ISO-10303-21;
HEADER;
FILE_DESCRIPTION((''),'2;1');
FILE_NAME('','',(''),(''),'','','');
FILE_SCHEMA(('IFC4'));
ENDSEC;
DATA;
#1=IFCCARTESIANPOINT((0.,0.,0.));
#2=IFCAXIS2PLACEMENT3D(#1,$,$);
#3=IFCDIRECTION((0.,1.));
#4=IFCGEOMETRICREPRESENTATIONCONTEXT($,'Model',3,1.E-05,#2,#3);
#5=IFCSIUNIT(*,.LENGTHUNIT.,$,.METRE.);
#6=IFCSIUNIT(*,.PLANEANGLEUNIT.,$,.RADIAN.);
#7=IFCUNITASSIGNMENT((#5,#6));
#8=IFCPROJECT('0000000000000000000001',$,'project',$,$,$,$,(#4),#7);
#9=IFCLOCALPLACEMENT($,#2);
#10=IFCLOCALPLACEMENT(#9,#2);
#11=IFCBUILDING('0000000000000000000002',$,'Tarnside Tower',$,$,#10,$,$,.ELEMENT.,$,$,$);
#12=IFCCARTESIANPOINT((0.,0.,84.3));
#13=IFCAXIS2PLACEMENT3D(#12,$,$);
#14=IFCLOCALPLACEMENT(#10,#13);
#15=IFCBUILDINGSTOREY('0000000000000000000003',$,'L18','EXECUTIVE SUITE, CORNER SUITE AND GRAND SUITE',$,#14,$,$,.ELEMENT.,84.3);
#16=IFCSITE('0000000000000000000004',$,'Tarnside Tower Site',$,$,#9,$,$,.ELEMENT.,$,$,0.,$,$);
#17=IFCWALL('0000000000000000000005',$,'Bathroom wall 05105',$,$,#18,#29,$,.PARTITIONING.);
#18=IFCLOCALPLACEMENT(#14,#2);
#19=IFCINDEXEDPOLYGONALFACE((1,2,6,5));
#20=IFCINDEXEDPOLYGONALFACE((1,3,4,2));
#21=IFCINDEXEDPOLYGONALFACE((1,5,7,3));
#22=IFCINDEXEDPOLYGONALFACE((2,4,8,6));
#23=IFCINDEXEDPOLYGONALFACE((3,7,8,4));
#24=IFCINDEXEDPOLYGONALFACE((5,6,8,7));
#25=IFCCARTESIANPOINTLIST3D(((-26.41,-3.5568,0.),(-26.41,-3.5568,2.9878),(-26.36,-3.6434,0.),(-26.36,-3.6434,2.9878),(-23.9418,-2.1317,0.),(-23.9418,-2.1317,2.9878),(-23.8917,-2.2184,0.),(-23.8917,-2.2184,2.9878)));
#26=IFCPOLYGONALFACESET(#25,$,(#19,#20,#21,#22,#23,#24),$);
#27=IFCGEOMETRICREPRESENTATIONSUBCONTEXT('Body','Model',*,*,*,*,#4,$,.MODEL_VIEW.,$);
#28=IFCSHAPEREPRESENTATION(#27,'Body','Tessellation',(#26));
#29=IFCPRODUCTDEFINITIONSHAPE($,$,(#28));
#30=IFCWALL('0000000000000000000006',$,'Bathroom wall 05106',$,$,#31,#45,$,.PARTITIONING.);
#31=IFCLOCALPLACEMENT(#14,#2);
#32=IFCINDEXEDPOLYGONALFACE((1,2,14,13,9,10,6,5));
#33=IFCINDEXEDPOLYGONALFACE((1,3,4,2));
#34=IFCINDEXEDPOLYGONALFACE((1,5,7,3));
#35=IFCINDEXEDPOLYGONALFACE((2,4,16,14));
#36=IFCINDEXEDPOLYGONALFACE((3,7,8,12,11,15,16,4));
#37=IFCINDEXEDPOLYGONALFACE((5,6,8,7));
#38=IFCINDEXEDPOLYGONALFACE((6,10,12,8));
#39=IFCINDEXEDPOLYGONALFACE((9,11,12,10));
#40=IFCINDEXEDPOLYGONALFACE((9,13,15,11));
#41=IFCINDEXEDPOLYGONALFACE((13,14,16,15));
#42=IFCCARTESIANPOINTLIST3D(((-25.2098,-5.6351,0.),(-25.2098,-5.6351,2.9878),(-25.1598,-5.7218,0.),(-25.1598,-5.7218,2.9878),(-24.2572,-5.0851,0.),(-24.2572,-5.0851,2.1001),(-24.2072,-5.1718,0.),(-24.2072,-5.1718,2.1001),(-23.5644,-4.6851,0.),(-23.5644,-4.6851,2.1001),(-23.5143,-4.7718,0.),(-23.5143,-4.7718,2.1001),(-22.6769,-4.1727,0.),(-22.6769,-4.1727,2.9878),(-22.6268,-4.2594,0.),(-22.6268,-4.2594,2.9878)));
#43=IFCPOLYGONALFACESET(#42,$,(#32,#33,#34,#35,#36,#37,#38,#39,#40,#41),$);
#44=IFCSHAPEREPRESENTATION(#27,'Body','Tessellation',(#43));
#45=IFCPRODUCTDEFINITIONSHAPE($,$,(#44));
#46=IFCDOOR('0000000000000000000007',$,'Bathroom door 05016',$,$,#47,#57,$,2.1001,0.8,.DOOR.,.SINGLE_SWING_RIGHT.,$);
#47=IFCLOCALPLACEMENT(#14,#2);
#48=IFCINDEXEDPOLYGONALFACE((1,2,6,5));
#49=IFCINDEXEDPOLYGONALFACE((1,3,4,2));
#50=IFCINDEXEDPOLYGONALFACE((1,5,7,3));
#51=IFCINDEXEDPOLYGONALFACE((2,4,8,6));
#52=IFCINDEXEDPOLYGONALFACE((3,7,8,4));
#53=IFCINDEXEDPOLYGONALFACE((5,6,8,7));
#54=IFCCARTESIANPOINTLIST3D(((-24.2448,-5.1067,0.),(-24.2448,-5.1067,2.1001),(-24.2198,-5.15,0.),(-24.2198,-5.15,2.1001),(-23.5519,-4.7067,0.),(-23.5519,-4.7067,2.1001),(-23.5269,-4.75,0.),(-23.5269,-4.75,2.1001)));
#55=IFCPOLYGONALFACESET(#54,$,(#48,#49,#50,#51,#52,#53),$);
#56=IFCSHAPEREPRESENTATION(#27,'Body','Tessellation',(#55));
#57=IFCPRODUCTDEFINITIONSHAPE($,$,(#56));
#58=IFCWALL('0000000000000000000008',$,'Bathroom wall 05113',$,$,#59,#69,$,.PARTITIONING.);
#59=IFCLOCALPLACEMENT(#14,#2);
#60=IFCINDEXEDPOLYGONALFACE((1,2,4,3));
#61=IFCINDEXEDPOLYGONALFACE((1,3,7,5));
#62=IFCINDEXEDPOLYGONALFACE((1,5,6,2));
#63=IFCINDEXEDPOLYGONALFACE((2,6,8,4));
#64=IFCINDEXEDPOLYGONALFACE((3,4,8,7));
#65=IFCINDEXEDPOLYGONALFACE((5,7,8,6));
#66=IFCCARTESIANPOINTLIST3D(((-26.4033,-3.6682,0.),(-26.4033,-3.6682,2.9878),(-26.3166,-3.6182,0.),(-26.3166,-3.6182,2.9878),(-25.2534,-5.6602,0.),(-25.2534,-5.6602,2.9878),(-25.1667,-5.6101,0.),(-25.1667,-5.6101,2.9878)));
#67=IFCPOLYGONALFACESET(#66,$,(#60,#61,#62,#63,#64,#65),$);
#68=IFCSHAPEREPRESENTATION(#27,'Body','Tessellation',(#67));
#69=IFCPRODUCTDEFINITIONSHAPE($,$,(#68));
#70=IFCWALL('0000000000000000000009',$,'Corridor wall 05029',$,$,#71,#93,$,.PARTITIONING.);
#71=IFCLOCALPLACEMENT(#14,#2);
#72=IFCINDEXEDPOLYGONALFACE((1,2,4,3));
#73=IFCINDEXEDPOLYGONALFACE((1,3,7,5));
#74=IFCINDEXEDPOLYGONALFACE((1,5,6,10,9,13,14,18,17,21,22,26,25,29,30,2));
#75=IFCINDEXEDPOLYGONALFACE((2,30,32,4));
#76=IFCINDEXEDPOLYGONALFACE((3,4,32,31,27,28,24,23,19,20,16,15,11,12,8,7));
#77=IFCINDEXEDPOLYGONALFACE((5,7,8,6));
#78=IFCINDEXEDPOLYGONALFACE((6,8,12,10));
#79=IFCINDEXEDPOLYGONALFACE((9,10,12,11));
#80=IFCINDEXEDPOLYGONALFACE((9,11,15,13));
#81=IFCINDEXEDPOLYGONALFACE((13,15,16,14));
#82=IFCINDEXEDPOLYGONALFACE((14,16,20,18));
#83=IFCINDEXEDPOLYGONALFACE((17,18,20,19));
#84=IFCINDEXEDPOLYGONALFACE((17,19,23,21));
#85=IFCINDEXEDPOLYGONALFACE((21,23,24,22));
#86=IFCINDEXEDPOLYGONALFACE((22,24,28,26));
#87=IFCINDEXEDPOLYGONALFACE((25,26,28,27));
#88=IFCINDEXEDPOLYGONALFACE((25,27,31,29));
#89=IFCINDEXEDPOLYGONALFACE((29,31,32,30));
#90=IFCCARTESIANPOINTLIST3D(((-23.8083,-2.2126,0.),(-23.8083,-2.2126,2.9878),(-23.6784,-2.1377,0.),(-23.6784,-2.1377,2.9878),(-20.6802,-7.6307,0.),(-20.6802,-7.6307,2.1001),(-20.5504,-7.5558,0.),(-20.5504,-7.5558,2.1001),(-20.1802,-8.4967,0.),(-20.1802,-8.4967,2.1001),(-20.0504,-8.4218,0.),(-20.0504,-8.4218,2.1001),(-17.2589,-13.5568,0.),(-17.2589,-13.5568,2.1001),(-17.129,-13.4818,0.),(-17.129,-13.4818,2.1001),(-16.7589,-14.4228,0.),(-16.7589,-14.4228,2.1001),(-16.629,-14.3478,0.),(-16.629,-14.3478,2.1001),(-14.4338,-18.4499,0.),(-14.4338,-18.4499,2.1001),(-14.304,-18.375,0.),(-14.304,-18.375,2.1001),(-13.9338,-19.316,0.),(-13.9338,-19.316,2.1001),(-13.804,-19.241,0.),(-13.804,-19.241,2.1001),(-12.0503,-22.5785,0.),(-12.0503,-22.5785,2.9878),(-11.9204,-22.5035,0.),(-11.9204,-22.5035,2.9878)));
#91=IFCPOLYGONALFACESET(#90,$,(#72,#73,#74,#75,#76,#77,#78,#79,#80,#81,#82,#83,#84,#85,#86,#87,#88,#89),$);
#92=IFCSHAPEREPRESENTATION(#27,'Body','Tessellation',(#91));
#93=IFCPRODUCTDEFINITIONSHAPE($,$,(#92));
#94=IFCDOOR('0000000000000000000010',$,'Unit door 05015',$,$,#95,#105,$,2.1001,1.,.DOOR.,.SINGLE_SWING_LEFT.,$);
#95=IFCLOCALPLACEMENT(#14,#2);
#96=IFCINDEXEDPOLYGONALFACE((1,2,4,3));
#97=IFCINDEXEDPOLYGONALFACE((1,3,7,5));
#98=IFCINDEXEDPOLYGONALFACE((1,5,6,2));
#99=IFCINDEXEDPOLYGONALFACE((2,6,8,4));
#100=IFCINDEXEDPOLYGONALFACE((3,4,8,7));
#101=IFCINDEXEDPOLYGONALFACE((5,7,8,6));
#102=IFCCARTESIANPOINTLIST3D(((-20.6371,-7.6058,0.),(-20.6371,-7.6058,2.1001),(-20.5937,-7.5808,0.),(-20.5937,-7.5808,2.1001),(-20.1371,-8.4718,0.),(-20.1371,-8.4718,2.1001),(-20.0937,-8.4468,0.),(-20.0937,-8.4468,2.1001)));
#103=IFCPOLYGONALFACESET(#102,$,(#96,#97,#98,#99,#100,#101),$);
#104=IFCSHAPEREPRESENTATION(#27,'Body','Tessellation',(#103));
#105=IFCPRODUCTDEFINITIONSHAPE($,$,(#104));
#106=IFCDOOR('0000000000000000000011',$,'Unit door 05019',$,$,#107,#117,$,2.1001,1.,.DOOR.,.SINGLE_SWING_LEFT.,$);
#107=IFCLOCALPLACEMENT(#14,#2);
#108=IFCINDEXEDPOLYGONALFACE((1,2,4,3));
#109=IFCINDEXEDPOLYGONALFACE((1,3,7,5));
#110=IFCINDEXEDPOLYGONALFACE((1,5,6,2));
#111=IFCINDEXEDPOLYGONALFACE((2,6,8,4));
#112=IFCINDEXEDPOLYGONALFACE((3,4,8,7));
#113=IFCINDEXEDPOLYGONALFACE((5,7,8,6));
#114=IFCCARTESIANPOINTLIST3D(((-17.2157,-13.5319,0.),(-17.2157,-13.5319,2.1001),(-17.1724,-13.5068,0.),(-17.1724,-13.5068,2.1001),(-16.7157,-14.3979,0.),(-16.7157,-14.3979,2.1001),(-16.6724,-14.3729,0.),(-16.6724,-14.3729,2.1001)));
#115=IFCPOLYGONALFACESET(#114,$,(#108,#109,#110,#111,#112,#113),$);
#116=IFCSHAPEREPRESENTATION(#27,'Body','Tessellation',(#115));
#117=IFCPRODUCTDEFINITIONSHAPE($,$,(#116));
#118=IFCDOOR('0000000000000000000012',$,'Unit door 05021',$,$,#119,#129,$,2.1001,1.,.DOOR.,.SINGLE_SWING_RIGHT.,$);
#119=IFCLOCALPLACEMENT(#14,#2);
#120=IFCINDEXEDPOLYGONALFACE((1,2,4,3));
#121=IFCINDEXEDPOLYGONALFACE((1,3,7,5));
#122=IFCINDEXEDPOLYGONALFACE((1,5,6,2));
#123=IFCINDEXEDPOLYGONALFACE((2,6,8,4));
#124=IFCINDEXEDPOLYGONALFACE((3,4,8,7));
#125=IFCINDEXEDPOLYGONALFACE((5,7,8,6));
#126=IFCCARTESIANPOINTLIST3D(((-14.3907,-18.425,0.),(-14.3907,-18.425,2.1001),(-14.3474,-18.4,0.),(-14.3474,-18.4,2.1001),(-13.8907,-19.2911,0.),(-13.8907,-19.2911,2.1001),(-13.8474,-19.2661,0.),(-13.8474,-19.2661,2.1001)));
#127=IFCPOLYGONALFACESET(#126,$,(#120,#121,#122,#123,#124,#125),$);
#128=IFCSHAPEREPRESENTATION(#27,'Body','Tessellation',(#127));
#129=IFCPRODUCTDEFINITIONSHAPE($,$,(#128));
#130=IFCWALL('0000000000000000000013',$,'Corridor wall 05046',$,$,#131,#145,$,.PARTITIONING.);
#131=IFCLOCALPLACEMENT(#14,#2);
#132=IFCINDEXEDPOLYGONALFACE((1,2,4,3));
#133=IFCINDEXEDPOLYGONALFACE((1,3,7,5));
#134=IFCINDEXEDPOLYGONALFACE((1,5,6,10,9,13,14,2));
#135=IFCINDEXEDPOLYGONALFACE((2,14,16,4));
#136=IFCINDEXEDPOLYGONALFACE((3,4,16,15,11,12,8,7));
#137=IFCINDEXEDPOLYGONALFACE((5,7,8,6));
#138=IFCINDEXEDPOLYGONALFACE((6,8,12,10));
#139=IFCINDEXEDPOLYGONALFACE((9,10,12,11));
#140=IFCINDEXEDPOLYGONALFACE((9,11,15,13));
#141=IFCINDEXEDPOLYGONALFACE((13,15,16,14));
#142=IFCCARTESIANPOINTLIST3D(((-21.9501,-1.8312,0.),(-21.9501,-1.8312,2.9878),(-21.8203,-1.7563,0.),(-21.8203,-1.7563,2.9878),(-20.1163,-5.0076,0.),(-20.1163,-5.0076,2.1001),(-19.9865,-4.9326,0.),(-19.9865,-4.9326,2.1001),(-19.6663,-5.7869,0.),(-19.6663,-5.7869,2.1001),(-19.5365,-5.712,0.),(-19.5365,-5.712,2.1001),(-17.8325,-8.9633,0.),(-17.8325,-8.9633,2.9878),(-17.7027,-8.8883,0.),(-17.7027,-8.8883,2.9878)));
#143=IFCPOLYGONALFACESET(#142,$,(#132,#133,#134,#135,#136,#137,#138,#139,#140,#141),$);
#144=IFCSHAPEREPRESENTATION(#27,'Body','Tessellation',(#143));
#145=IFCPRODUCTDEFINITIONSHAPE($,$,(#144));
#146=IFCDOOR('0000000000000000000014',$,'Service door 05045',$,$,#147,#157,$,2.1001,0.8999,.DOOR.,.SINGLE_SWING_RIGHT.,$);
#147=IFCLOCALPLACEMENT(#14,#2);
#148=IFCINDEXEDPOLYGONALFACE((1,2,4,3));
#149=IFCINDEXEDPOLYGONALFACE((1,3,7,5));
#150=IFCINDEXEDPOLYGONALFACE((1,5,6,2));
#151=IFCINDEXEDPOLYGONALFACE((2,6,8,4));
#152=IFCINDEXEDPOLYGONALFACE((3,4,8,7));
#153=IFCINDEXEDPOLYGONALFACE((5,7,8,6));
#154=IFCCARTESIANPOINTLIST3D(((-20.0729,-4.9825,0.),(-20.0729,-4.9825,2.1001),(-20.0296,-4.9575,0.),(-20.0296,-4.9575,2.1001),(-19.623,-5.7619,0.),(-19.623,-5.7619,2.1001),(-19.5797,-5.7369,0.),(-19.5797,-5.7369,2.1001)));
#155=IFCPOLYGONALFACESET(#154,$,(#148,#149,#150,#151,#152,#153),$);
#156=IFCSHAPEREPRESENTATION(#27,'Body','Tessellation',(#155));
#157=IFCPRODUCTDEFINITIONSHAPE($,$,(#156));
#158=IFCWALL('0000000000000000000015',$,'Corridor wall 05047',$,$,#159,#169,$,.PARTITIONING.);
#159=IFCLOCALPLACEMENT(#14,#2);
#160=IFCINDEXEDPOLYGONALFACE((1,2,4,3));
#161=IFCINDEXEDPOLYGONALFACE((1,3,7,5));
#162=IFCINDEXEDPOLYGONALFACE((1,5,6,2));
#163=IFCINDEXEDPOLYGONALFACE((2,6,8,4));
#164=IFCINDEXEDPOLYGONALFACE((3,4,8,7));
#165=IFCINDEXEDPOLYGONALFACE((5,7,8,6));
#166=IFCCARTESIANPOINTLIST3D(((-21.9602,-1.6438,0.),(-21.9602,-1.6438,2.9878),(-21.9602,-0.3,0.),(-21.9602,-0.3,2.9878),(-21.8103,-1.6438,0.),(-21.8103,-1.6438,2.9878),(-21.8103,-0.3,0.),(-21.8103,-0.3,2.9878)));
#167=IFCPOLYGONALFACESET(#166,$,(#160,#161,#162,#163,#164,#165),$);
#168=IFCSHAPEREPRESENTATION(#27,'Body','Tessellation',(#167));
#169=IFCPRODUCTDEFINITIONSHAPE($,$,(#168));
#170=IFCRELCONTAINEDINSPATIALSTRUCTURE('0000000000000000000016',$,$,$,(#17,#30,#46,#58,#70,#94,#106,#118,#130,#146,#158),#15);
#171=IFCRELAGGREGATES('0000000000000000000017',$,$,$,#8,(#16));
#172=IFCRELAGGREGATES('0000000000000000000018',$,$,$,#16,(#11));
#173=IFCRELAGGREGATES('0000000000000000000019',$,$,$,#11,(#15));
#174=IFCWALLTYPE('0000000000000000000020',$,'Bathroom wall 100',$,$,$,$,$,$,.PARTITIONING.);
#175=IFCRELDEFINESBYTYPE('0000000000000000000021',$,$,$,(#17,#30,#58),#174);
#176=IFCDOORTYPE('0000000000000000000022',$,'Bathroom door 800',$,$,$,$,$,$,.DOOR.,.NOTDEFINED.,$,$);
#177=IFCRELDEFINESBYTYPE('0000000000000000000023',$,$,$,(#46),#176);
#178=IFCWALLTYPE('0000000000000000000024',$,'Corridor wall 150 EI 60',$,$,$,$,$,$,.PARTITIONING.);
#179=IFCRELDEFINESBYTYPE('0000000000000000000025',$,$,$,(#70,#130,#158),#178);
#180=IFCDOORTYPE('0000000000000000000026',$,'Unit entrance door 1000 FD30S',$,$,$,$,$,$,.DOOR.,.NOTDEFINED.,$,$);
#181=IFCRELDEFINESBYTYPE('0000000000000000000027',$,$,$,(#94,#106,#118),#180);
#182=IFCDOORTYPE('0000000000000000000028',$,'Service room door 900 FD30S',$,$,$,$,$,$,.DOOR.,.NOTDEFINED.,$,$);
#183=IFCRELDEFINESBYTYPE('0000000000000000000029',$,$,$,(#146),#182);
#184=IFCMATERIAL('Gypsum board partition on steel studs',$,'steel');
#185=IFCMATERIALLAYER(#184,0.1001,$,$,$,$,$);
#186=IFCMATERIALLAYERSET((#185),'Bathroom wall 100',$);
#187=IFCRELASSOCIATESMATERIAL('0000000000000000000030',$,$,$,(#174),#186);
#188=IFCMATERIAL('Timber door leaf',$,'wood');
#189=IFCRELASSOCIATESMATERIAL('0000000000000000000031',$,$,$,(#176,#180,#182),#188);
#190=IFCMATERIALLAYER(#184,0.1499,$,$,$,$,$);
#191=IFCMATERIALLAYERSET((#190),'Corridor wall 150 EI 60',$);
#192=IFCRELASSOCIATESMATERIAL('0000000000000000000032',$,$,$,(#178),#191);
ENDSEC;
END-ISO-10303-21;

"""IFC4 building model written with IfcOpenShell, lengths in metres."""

from ifc_helpers import new_model, si_unit, direction, frame, frame_2d, origin, place, context, subcontext, project, spatial, rectangle, extrude, material, layer, layer_set, type_object, element, fill, save


model = new_model("IFC4")

# Units and contexts
model_context = context("Model", 3, precision=1e-05, world=origin(), true_north=direction((0.0, 1.0)))
body_context = subcontext(model_context, "Body", "Model", "MODEL_VIEW")
ifc_project = project(units=[si_unit("LENGTHUNIT", "METRE"), si_unit("PLANEANGLEUNIT", "RADIAN")], contexts=[model_context])

# Site, building, storey
site_placement = place(None, origin())
site = spatial("IfcSite", under=ifc_project, at=site_placement, Name="Tarnside Tower Site", CompositionType="ELEMENT", RefElevation=0.0)
building_placement = place(site_placement, origin())
building = spatial("IfcBuilding", under=site, at=building_placement, Name="Tarnside Tower", CompositionType="ELEMENT")
storey_placement = place(building_placement, frame((0.0, 0.0, 84.3)))
storey = spatial("IfcBuildingStorey", under=building, at=storey_placement, Name="L18", Description="EXECUTIVE SUITE, CORNER SUITE AND GRAND SUITE", CompositionType="ELEMENT", Elevation=84.3)

# Wall
ifc_material_1 = material(Name="Gypsum board partition on steel studs", Category="steel")
ifc_layer_1 = layer(ifc_material_1, 0.1001)
ifc_layer_set_1 = layer_set([ifc_layer_1], Name="Bathroom wall 100")
wall_type_1 = type_object("IfcWallType", Name="Bathroom wall 100", PredefinedType="PARTITIONING", material=ifc_layer_set_1)
wall_1_placement = place(storey_placement, frame((-26.385, -3.6001, 0.0), z_axis=(0.0, 0.0, 1.0), x_axis=(0.866026, 0.499999, 0.0)))
element("IfcWall", 1, at=wall_1_placement, inside=storey, type_object=wall_type_1, Name="Bathroom wall 05105", PredefinedType="PARTITIONING", context=body_context, shape_type="SweptSolid", body=[
    extrude(rectangle(XDim=2.8501, YDim=0.1001, at=frame_2d((1.425, 0.0))), origin(), (0.0, 0.0, 1.0), 2.9878),
])

# Wall, opening, door
wall_2_placement = place(storey_placement, frame((-22.6519, -4.2161, 0.0), z_axis=(0.0, 0.0, 1.0), x_axis=(-0.866026, -0.499999, 0.0)))
wall_2 = element("IfcWall", 2, at=wall_2_placement, inside=storey, type_object=wall_type_1, Name="Bathroom wall 05106", PredefinedType="PARTITIONING", context=body_context, shape_type="SweptSolid", body=[
    extrude(rectangle(XDim=2.9248, YDim=0.1001, at=frame_2d((1.4624, 0.0))), origin(), (0.0, 0.0, 1.0), 2.9878),
])
opening_1_placement = place(wall_2_placement, frame((1.0249, 0.0, 0.0)))
opening_1 = element("IfcOpeningElement", 3, at=opening_1_placement, cuts=wall_2, PredefinedType="OPENING", context=body_context, shape_type="SweptSolid", body=[
    extrude(rectangle(XDim=0.8, YDim=2.1001, at=frame_2d((0.3999, 1.05))), frame((0.0, 0.0601, 0.0), z_axis=(0.0, -1.0, 0.0), x_axis=(1.0, 0.0, 0.0)), (0.0, 0.0, 1.0), 0.1201),
])
ifc_material_2 = material(Name="Timber door leaf", Category="wood")
door_type_1 = type_object("IfcDoorType", Name="Bathroom door 800", OperationType="NOTDEFINED", PredefinedType="DOOR", material=ifc_material_2)
door_1_placement = place(opening_1_placement, origin())
door_1 = element("IfcDoor", 4, at=door_1_placement, inside=storey, type_object=door_type_1, Name="Bathroom door 05016", OperationType="SINGLE_SWING_RIGHT", OverallHeight=2.1001, OverallWidth=0.8, PredefinedType="DOOR", context=body_context, shape_type="SweptSolid", body=[
    extrude(rectangle(XDim=0.8, YDim=2.1001, at=frame_2d((0.3999, 1.05))), frame((0.0, 0.0249, 0.0), z_axis=(0.0, -1.0, 0.0), x_axis=(1.0, 0.0, 0.0)), (0.0, 0.0, 1.0), 0.05),
])
fill(opening_1, door_1)

# Wall
wall_3_placement = place(storey_placement, frame((-26.3599, -3.6433, 0.0), z_axis=(0.0, 0.0, 1.0), x_axis=(0.499952, -0.866053, 0.0)))
element("IfcWall", 5, at=wall_3_placement, inside=storey, type_object=wall_type_1, Name="Bathroom wall 05113", PredefinedType="PARTITIONING", context=body_context, shape_type="SweptSolid", body=[
    extrude(rectangle(XDim=2.3, YDim=0.1001, at=frame_2d((1.1499, 0.0))), origin(), (0.0, 0.0, 1.0), 2.9878),
])

# Wall, openings, doors
ifc_layer_2 = layer(ifc_material_1, 0.1499)
ifc_layer_set_2 = layer_set([ifc_layer_2], Name="Corridor wall 150 EI 60")
wall_type_2 = type_object("IfcWallType", Name="Corridor wall 150 EI 60", PredefinedType="PARTITIONING", material=ifc_layer_set_2)
wall_4_placement = place(storey_placement, frame((-23.7434, -2.175, 0.0), z_axis=(0.0, 0.0, 1.0), x_axis=(0.499992, -0.86603, 0.0)))
wall_4 = element("IfcWall", 6, at=wall_4_placement, inside=storey, type_object=wall_type_2, Name="Corridor wall 05029", PredefinedType="PARTITIONING", context=body_context, shape_type="SweptSolid", body=[
    extrude(rectangle(XDim=23.5164, YDim=0.1499, at=frame_2d((11.7583, 0.0))), origin(), (0.0, 0.0, 1.0), 2.9878),
])
opening_2_placement = place(wall_4_placement, frame((6.2563, 0.0, 0.0)))
opening_2 = element("IfcOpeningElement", 7, at=opening_2_placement, cuts=wall_4, PredefinedType="OPENING", context=body_context, shape_type="SweptSolid", body=[
    extrude(rectangle(XDim=1.0, YDim=2.1001, at=frame_2d((0.5, 1.05))), frame((0.0, 0.085, 0.0), z_axis=(0.0, -1.0, 0.0), x_axis=(1.0, 0.0, 0.0)), (0.0, 0.0, 1.0), 0.1699),
])
opening_3_placement = place(wall_4_placement, frame((13.0991, 0.0, 0.0)))
opening_3 = element("IfcOpeningElement", 8, at=opening_3_placement, cuts=wall_4, PredefinedType="OPENING", context=body_context, shape_type="SweptSolid", body=[
    extrude(rectangle(XDim=1.0, YDim=2.1001, at=frame_2d((0.5, 1.05))), frame((0.0, 0.085, 0.0), z_axis=(0.0, -1.0, 0.0), x_axis=(1.0, 0.0, 0.0)), (0.0, 0.0, 1.0), 0.1699),
])
opening_4_placement = place(wall_4_placement, frame((18.7493, 0.0, 0.0)))
opening_4 = element("IfcOpeningElement", 9, at=opening_4_placement, cuts=wall_4, PredefinedType="OPENING", context=body_context, shape_type="SweptSolid", body=[
    extrude(rectangle(XDim=1.0, YDim=2.1001, at=frame_2d((0.5, 1.05))), frame((0.0, 0.085, 0.0), z_axis=(0.0, -1.0, 0.0), x_axis=(1.0, 0.0, 0.0)), (0.0, 0.0, 1.0), 0.1699),
])
door_type_2 = type_object("IfcDoorType", Name="Unit entrance door 1000 FD30S", OperationType="NOTDEFINED", PredefinedType="DOOR", material=ifc_material_2)
door_2_placement = place(opening_2_placement, origin())
door_2 = element("IfcDoor", 10, at=door_2_placement, inside=storey, type_object=door_type_2, Name="Unit door 05015", OperationType="SINGLE_SWING_LEFT", OverallHeight=2.1001, OverallWidth=1.0, PredefinedType="DOOR", context=body_context, shape_type="SweptSolid", body=[
    extrude(rectangle(XDim=1.0, YDim=2.1001, at=frame_2d((0.5, 1.05))), frame((0.0, 0.0249, 0.0), z_axis=(0.0, -1.0, 0.0), x_axis=(1.0, 0.0, 0.0)), (0.0, 0.0, 1.0), 0.05),
])
fill(opening_2, door_2)
door_3_placement = place(opening_3_placement, origin())
door_3 = element("IfcDoor", 11, at=door_3_placement, inside=storey, type_object=door_type_2, Name="Unit door 05019", OperationType="SINGLE_SWING_LEFT", OverallHeight=2.1001, OverallWidth=1.0, PredefinedType="DOOR", context=body_context, shape_type="SweptSolid", body=[
    extrude(rectangle(XDim=1.0, YDim=2.1001, at=frame_2d((0.5, 1.05))), frame((0.0, 0.0249, 0.0), z_axis=(0.0, -1.0, 0.0), x_axis=(1.0, 0.0, 0.0)), (0.0, 0.0, 1.0), 0.05),
])
fill(opening_3, door_3)
door_4_placement = place(opening_4_placement, origin())
door_4 = element("IfcDoor", 12, at=door_4_placement, inside=storey, type_object=door_type_2, Name="Unit door 05021", OperationType="SINGLE_SWING_RIGHT", OverallHeight=2.1001, OverallWidth=1.0, PredefinedType="DOOR", context=body_context, shape_type="SweptSolid", body=[
    extrude(rectangle(XDim=1.0, YDim=2.1001, at=frame_2d((0.5, 1.05))), frame((0.0, 0.0249, 0.0), z_axis=(0.0, -1.0, 0.0), x_axis=(1.0, 0.0, 0.0)), (0.0, 0.0, 1.0), 0.05),
])
fill(opening_4, door_4)

# Wall, opening, door
wall_5_placement = place(storey_placement, frame((-17.7676, -8.9258, 0.0), z_axis=(0.0, 0.0, 1.0), x_axis=(-0.499997, 0.866027, 0.0)))
wall_5 = element("IfcWall", 13, at=wall_5_placement, inside=storey, type_object=wall_type_2, Name="Corridor wall 05046", PredefinedType="PARTITIONING", context=body_context, shape_type="SweptSolid", body=[
    extrude(rectangle(XDim=8.2354, YDim=0.1499, at=frame_2d((4.1177, 0.0))), origin(), (0.0, 0.0, 1.0), 2.9878),
])
opening_5_placement = place(wall_5_placement, frame((3.6677, 0.0, 0.0)))
opening_5 = element("IfcOpeningElement", 14, at=opening_5_placement, cuts=wall_5, PredefinedType="OPENING", context=body_context, shape_type="SweptSolid", body=[
    extrude(rectangle(XDim=0.8999, YDim=2.1001, at=frame_2d((0.45, 1.05))), frame((0.0, 0.085, 0.0), z_axis=(0.0, -1.0, 0.0), x_axis=(1.0, 0.0, 0.0)), (0.0, 0.0, 1.0), 0.1699),
])
door_type_3 = type_object("IfcDoorType", Name="Service room door 900 FD30S", OperationType="NOTDEFINED", PredefinedType="DOOR", material=ifc_material_2)
door_5_placement = place(opening_5_placement, origin())
door_5 = element("IfcDoor", 15, at=door_5_placement, inside=storey, type_object=door_type_3, Name="Service door 05045", OperationType="SINGLE_SWING_RIGHT", OverallHeight=2.1001, OverallWidth=0.8999, PredefinedType="DOOR", context=body_context, shape_type="SweptSolid", body=[
    extrude(rectangle(XDim=0.8999, YDim=2.1001, at=frame_2d((0.45, 1.05))), frame((0.0, 0.0249, 0.0), z_axis=(0.0, -1.0, 0.0), x_axis=(1.0, 0.0, 0.0)), (0.0, 0.0, 1.0), 0.05),
])
fill(opening_5, door_5)

# Wall
wall_6_placement = place(storey_placement, frame((-21.8853, -1.6438, 0.0), z_axis=(0.0, 0.0, 1.0), x_axis=(0.0, 1.0, 0.0)))
element("IfcWall", 16, at=wall_6_placement, inside=storey, type_object=wall_type_2, Name="Corridor wall 05047", PredefinedType="PARTITIONING", context=body_context, shape_type="SweptSolid", body=[
    extrude(rectangle(XDim=1.3438, YDim=0.1499, at=frame_2d((0.6719, 0.0))), origin(), (0.0, 0.0, 1.0), 2.9878),
])

save(model, "model.ifc")
